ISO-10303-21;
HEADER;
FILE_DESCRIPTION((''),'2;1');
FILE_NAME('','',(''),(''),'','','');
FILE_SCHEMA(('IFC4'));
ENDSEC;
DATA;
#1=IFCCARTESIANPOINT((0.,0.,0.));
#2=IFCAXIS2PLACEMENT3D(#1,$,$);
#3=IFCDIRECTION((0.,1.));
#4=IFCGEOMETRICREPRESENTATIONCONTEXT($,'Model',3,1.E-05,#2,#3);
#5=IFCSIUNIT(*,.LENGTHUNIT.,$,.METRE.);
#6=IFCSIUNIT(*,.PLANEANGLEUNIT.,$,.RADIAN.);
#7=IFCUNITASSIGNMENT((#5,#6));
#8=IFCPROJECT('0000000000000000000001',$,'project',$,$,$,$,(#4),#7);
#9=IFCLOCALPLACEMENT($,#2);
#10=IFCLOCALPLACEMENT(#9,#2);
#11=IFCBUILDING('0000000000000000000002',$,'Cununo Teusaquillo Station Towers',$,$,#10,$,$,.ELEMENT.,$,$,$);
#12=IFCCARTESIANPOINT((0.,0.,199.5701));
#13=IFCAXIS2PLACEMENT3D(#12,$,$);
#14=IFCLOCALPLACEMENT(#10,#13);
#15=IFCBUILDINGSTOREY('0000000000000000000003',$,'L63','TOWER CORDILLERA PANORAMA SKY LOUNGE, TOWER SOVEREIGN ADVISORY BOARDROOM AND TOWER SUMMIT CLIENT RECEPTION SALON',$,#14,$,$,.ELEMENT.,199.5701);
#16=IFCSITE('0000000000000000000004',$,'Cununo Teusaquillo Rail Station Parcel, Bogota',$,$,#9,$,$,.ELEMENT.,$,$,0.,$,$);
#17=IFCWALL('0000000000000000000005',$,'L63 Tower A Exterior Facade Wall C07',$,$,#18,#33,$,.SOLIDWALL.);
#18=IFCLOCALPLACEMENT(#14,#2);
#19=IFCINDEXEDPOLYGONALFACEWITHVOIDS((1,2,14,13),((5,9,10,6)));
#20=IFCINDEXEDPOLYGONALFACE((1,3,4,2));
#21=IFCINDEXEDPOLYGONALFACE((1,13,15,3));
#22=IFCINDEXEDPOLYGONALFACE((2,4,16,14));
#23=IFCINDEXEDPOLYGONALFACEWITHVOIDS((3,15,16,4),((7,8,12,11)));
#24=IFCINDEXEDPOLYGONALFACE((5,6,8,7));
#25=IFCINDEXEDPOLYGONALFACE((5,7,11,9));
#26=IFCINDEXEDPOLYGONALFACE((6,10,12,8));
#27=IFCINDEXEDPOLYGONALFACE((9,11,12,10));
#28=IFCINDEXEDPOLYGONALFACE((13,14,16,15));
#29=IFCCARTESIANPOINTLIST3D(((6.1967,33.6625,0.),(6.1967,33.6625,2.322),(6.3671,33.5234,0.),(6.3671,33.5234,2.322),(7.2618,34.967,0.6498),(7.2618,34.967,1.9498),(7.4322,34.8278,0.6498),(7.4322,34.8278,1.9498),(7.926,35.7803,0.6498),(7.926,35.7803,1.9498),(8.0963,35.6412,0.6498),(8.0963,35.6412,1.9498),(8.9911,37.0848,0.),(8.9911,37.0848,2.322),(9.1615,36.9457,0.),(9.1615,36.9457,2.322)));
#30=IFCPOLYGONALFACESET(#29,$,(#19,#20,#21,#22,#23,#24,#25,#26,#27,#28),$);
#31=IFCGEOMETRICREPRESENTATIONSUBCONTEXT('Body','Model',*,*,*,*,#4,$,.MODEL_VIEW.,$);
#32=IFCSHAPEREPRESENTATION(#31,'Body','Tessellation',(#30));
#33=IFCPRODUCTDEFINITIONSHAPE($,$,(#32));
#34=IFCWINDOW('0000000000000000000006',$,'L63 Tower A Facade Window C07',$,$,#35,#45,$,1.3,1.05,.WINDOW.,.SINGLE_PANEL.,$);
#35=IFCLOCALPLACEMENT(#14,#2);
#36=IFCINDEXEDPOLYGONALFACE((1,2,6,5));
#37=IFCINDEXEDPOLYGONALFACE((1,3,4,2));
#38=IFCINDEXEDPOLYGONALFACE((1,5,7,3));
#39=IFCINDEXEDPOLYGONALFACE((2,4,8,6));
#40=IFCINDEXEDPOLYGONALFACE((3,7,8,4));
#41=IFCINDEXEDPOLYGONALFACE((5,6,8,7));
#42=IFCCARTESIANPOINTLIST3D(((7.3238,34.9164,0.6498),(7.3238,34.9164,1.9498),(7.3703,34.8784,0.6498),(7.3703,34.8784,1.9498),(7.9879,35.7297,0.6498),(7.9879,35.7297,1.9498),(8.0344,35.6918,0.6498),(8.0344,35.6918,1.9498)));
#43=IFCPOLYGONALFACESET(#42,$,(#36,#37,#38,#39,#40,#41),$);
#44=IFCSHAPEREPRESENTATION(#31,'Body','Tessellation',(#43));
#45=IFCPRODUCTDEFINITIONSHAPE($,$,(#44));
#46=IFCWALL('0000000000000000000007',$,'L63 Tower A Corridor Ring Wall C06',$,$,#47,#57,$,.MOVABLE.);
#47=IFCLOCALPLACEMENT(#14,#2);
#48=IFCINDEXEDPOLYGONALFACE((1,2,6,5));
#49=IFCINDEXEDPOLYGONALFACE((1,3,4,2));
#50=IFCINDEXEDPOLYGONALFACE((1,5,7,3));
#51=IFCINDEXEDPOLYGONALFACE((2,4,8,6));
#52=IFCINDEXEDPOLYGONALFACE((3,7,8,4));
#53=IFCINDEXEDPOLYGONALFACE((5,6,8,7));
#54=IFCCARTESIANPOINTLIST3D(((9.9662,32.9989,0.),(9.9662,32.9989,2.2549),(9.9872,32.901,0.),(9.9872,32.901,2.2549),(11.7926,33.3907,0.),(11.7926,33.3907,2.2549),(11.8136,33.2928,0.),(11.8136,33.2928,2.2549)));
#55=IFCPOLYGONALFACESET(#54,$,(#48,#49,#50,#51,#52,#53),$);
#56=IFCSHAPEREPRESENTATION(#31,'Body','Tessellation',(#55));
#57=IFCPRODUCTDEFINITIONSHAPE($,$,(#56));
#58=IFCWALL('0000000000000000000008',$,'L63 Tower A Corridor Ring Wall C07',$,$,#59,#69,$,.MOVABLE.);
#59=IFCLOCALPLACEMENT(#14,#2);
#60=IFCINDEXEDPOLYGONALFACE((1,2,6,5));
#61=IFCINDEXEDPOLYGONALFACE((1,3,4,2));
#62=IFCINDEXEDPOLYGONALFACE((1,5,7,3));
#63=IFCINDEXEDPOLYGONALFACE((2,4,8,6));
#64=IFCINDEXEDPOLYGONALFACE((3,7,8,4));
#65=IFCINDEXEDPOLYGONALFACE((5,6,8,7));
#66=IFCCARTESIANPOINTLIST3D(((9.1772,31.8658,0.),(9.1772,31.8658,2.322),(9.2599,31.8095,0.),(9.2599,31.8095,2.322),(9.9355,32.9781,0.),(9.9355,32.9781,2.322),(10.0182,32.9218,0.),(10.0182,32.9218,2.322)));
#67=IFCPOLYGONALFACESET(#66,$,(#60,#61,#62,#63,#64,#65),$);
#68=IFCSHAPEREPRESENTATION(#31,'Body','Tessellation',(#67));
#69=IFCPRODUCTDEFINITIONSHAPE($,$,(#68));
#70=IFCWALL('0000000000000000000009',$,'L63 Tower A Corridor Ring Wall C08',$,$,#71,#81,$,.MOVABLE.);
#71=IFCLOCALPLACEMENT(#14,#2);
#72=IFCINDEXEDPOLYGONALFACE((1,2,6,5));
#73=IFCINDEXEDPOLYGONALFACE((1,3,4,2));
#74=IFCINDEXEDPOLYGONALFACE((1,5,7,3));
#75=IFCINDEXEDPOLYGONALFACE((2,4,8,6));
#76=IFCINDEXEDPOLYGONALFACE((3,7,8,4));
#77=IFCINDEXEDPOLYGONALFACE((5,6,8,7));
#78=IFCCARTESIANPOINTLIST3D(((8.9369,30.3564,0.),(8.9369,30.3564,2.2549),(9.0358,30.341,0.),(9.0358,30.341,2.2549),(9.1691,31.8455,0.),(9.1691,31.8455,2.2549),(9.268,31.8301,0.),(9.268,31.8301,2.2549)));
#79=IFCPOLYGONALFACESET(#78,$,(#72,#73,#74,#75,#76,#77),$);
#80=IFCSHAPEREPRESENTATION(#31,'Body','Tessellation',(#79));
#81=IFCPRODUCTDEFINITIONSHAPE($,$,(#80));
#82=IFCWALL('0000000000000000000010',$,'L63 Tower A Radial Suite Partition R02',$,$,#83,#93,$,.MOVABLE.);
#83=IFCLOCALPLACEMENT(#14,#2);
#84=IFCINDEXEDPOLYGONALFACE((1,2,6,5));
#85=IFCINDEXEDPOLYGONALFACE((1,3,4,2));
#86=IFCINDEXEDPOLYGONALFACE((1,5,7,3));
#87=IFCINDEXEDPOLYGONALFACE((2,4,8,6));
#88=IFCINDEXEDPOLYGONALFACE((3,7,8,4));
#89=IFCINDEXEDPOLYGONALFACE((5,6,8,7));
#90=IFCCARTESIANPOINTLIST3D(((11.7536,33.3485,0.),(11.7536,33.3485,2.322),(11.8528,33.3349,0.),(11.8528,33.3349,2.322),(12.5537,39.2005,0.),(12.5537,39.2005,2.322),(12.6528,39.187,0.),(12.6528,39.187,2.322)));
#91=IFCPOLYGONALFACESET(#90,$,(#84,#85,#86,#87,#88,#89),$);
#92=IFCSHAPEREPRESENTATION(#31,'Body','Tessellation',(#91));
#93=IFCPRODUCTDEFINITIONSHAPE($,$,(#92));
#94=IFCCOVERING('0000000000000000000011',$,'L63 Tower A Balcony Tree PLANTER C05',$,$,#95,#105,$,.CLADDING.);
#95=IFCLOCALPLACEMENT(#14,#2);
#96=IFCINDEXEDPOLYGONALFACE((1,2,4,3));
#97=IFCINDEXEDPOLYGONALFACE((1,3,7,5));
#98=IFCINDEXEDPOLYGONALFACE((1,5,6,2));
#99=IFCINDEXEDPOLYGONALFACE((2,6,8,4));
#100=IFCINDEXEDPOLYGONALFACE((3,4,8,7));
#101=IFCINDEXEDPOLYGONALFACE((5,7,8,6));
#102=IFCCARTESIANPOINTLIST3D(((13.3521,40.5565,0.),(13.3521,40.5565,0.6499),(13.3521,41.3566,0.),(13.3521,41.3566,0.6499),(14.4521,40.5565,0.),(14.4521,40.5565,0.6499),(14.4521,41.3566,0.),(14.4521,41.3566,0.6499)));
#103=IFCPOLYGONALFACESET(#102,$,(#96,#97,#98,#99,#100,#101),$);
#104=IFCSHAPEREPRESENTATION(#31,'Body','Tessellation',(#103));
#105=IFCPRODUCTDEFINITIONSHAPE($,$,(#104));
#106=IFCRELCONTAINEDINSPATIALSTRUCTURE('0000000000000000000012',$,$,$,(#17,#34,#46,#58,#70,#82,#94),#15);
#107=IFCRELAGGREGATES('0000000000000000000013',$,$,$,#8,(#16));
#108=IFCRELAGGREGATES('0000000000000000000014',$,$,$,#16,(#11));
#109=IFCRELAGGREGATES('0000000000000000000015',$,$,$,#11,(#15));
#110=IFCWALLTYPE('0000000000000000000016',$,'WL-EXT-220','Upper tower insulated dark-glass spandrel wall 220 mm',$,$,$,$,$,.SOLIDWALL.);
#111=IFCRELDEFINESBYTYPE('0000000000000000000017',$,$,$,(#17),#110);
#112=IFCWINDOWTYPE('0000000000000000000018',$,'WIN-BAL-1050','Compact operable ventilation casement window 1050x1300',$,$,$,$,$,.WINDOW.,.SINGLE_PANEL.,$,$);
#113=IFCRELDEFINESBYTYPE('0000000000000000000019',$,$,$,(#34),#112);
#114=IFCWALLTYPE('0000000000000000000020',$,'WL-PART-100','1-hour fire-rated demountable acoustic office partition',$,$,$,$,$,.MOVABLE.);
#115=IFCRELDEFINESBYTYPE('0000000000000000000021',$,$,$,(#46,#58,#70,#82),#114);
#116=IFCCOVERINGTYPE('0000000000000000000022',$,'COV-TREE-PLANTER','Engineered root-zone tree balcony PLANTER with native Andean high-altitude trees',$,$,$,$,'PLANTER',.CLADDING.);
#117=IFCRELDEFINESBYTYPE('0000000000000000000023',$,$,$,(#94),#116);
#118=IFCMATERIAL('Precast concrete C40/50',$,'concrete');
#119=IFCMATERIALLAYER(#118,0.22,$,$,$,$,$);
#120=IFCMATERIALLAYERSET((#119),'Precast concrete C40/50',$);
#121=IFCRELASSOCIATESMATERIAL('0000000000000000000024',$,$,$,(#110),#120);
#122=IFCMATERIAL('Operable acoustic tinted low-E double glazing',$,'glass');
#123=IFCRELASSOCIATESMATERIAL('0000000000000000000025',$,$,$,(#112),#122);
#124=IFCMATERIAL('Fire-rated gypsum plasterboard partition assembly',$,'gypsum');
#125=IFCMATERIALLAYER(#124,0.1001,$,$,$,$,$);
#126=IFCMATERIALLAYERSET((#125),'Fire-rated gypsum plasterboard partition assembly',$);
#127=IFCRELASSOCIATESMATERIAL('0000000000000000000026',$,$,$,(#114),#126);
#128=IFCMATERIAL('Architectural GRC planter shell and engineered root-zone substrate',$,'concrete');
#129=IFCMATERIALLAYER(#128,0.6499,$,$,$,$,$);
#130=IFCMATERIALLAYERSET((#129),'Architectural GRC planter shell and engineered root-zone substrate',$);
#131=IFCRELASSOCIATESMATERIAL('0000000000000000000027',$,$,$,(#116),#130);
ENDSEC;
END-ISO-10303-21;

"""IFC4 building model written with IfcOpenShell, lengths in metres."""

from ifc_helpers import new_model, si_unit, direction, frame, frame_2d, origin, origin_2d, place, context, subcontext, project, spatial, rectangle, extrude, source, transform, mapped, material, layer, layer_set, type_object, element, fill, save


model = new_model("IFC4")

# Units and contexts
model_context = context("Model", 3, precision=1e-05, world=origin(), true_north=direction((0.0, 1.0)))
body_context = subcontext(model_context, "Body", "Model", "MODEL_VIEW")
ifc_project = project(units=[si_unit("LENGTHUNIT", "METRE"), si_unit("PLANEANGLEUNIT", "RADIAN")], contexts=[model_context])

# Site, building, storey
site_placement = place(None, origin())
site = spatial("IfcSite", under=ifc_project, at=site_placement, Name="Cununo Teusaquillo Rail Station Parcel, Bogota", CompositionType="ELEMENT", RefElevation=0.0)
building_placement = place(site_placement, origin())
building = spatial("IfcBuilding", under=site, at=building_placement, Name="Cununo Teusaquillo Station Towers", CompositionType="ELEMENT")
storey_placement = place(building_placement, frame((0.0, 0.0, 199.5701)))
storey = spatial("IfcBuildingStorey", under=building, at=storey_placement, Name="L63", Description="TOWER CORDILLERA PANORAMA SKY LOUNGE, TOWER SOVEREIGN ADVISORY BOARDROOM AND TOWER SUMMIT CLIENT RECEPTION SALON", CompositionType="ELEMENT", Elevation=199.5701)

# Shared definitions
ifc_material_1 = material(Name="Precast concrete C40/50", Category="concrete")
ifc_layer_1 = layer(ifc_material_1, 0.22)
ifc_layer_set_1 = layer_set([ifc_layer_1], Name="Precast concrete C40/50")
wall_type_1 = type_object("IfcWallType", Name="WL-EXT-220", Description="Upper tower insulated dark-glass spandrel wall 220 mm", PredefinedType="SOLIDWALL", material=ifc_layer_set_1)

# Wall, opening, window
wall_1_placement = place(storey_placement, frame((6.282, 33.593, 0.0), z_axis=(0.0, 0.0, 1.0), x_axis=(0.632467, 0.774587, 0.0)))
wall_1 = element("IfcWall", 1, at=wall_1_placement, inside=storey, type_object=wall_type_1, Name="L63 Tower A Exterior Facade Wall C07", PredefinedType="SOLIDWALL", context=body_context, shape_type="SweptSolid", body=[
    extrude(rectangle(XDim=4.4182, YDim=0.22, at=frame_2d((2.209, 0.0))), origin(), (0.0, 0.0, 1.0), 2.322),
])
shared_shape_1 = source(origin(), body_context, "Body", "SweptSolid", [
    extrude(rectangle(XDim=1.05, YDim=1.3, at=frame_2d((0.5249, 0.6499))), frame((0.0, 0.1199, 0.0), z_axis=(0.0, -1.0, 0.0), x_axis=(1.0, 0.0, 0.0)), (0.0, 0.0, 1.0), 0.24),
])
opening_1_placement = place(wall_1_placement, frame((1.6841, 0.0, 0.6499)))
opening_1 = element("IfcOpeningElement", 2, at=opening_1_placement, cuts=wall_1, PredefinedType="OPENING", context=body_context, shape_type="MappedRepresentation", body=[
    mapped(shared_shape_1, transform((0.0, 0.0, 0.0), x_axis=(1.0, 0.0, 0.0), y_axis=(0.0, 1.0, 0.0), z_axis=(0.0, 0.0, 1.0), scale=1.0)),
])
ifc_material_2 = material(Name="Operable acoustic tinted low-E double glazing", Category="glass")
window_type = type_object("IfcWindowType", Name="WIN-BAL-1050", Description="Compact operable ventilation casement window 1050x1300", PartitioningType="SINGLE_PANEL", PredefinedType="WINDOW", material=ifc_material_2)
shared_shape_2 = source(origin(), body_context, "Body", "SweptSolid", [
    extrude(rectangle(XDim=1.05, YDim=1.3, at=frame_2d((0.5249, 0.6499))), frame((0.0, 0.03, 0.0), z_axis=(0.0, -1.0, 0.0), x_axis=(1.0, 0.0, 0.0)), (0.0, 0.0, 1.0), 0.0601),
])
window_placement = place(opening_1_placement, origin())
window = element("IfcWindow", 3, at=window_placement, inside=storey, type_object=window_type, Name="L63 Tower A Facade Window C07", OverallHeight=1.3, OverallWidth=1.05, PartitioningType="SINGLE_PANEL", PredefinedType="WINDOW", context=body_context, shape_type="MappedRepresentation", body=[
    mapped(shared_shape_2, transform((0.0, 0.0, 0.0), x_axis=(1.0, 0.0, 0.0), y_axis=(0.0, 1.0, 0.0), z_axis=(0.0, 0.0, 1.0), scale=1.0)),
])
fill(opening_1, window)

# Walls
ifc_material_3 = material(Name="Fire-rated gypsum plasterboard partition assembly", Category="gypsum")
ifc_layer_2 = layer(ifc_material_3, 0.1001)
ifc_layer_set_2 = layer_set([ifc_layer_2], Name="Fire-rated gypsum plasterboard partition assembly")
wall_type_2 = type_object("IfcWallType", Name="WL-PART-100", Description="1-hour fire-rated demountable acoustic office partition", PredefinedType="MOVABLE", material=ifc_layer_set_2)
wall_2_placement = place(storey_placement, frame((11.8032, 33.3418, 0.0), z_axis=(0.0, 0.0, 1.0), x_axis=(-0.977751, -0.20977, 0.0)))
element("IfcWall", 4, at=wall_2_placement, inside=storey, type_object=wall_type_2, Name="L63 Tower A Corridor Ring Wall C06", PredefinedType="MOVABLE", context=body_context, shape_type="SweptSolid", body=[
    extrude(rectangle(XDim=1.8679, YDim=0.1001, at=frame_2d((0.9341, 0.0))), origin(), (0.0, 0.0, 1.0), 2.2549),
])
wall_3_placement = place(storey_placement, frame((9.9768, 32.95, 0.0), z_axis=(0.0, 0.0, 1.0), x_axis=(-0.563292, -0.826258, 0.0)))
element("IfcWall", 5, at=wall_3_placement, inside=storey, type_object=wall_type_2, Name="L63 Tower A Corridor Ring Wall C07", PredefinedType="MOVABLE", context=body_context, shape_type="SweptSolid", body=[
    extrude(rectangle(XDim=1.3462, YDim=0.1001, at=frame_2d((0.6731, 0.0))), origin(), (0.0, 0.0, 1.0), 2.322),
])
wall_4_placement = place(storey_placement, frame((9.2185, 31.8376, 0.0), z_axis=(0.0, 0.0, 1.0), x_axis=(-0.154066, -0.988061, 0.0)))
element("IfcWall", 6, at=wall_4_placement, inside=storey, type_object=wall_type_2, Name="L63 Tower A Corridor Ring Wall C08", PredefinedType="MOVABLE", context=body_context, shape_type="SweptSolid", body=[
    extrude(rectangle(XDim=1.5071, YDim=0.1001, at=frame_2d((0.7534, 0.0))), origin(), (0.0, 0.0, 1.0), 2.2549),
])
wall_5_placement = place(storey_placement, frame((11.8032, 33.3418, 0.0), z_axis=(0.0, 0.0, 1.0), x_axis=(0.135453, 0.990784, 0.0)))
element("IfcWall", 7, at=wall_5_placement, inside=storey, type_object=wall_type_2, Name="L63 Tower A Radial Suite Partition R02", PredefinedType="MOVABLE", context=body_context, shape_type="SweptSolid", body=[
    extrude(rectangle(XDim=5.9065, YDim=0.1001, at=frame_2d((2.9531, 0.0))), origin(), (0.0, 0.0, 1.0), 2.322),
])

# Covering
ifc_material_4 = material(Name="Architectural GRC planter shell and engineered root-zone substrate", Category="concrete")
ifc_layer_3 = layer(ifc_material_4, 0.6499)
ifc_layer_set_3 = layer_set([ifc_layer_3], Name="Architectural GRC planter shell and engineered root-zone substrate")
covering_type = type_object("IfcCoveringType", Name="COV-TREE-PLANTER", Description="Engineered root-zone tree balcony PLANTER with native Andean high-altitude trees", ElementType="PLANTER", PredefinedType="CLADDING", material=ifc_layer_set_3)
shared_shape_3 = source(origin(), body_context, "Body", "SweptSolid", [
    extrude(rectangle(XDim=1.1001, YDim=0.8, at=origin_2d()), origin(), (0.0, 0.0, 1.0), 0.6499),
])
covering_placement = place(storey_placement, frame((13.9021, 40.9565, 0.0), z_axis=(0.0, 0.0, 1.0), x_axis=(1.0, 0.0, 0.0)))
element("IfcCovering", 8, at=covering_placement, inside=storey, type_object=covering_type, Name="L63 Tower A Balcony Tree PLANTER C05", PredefinedType="CLADDING", context=body_context, shape_type="MappedRepresentation", body=[
    mapped(shared_shape_3, transform((0.0, 0.0, 0.0), x_axis=(1.0, 0.0, 0.0), y_axis=(0.0, 1.0, 0.0), z_axis=(0.0, 0.0, 1.0), scale=1.0)),
])

save(model, "model.ifc")
